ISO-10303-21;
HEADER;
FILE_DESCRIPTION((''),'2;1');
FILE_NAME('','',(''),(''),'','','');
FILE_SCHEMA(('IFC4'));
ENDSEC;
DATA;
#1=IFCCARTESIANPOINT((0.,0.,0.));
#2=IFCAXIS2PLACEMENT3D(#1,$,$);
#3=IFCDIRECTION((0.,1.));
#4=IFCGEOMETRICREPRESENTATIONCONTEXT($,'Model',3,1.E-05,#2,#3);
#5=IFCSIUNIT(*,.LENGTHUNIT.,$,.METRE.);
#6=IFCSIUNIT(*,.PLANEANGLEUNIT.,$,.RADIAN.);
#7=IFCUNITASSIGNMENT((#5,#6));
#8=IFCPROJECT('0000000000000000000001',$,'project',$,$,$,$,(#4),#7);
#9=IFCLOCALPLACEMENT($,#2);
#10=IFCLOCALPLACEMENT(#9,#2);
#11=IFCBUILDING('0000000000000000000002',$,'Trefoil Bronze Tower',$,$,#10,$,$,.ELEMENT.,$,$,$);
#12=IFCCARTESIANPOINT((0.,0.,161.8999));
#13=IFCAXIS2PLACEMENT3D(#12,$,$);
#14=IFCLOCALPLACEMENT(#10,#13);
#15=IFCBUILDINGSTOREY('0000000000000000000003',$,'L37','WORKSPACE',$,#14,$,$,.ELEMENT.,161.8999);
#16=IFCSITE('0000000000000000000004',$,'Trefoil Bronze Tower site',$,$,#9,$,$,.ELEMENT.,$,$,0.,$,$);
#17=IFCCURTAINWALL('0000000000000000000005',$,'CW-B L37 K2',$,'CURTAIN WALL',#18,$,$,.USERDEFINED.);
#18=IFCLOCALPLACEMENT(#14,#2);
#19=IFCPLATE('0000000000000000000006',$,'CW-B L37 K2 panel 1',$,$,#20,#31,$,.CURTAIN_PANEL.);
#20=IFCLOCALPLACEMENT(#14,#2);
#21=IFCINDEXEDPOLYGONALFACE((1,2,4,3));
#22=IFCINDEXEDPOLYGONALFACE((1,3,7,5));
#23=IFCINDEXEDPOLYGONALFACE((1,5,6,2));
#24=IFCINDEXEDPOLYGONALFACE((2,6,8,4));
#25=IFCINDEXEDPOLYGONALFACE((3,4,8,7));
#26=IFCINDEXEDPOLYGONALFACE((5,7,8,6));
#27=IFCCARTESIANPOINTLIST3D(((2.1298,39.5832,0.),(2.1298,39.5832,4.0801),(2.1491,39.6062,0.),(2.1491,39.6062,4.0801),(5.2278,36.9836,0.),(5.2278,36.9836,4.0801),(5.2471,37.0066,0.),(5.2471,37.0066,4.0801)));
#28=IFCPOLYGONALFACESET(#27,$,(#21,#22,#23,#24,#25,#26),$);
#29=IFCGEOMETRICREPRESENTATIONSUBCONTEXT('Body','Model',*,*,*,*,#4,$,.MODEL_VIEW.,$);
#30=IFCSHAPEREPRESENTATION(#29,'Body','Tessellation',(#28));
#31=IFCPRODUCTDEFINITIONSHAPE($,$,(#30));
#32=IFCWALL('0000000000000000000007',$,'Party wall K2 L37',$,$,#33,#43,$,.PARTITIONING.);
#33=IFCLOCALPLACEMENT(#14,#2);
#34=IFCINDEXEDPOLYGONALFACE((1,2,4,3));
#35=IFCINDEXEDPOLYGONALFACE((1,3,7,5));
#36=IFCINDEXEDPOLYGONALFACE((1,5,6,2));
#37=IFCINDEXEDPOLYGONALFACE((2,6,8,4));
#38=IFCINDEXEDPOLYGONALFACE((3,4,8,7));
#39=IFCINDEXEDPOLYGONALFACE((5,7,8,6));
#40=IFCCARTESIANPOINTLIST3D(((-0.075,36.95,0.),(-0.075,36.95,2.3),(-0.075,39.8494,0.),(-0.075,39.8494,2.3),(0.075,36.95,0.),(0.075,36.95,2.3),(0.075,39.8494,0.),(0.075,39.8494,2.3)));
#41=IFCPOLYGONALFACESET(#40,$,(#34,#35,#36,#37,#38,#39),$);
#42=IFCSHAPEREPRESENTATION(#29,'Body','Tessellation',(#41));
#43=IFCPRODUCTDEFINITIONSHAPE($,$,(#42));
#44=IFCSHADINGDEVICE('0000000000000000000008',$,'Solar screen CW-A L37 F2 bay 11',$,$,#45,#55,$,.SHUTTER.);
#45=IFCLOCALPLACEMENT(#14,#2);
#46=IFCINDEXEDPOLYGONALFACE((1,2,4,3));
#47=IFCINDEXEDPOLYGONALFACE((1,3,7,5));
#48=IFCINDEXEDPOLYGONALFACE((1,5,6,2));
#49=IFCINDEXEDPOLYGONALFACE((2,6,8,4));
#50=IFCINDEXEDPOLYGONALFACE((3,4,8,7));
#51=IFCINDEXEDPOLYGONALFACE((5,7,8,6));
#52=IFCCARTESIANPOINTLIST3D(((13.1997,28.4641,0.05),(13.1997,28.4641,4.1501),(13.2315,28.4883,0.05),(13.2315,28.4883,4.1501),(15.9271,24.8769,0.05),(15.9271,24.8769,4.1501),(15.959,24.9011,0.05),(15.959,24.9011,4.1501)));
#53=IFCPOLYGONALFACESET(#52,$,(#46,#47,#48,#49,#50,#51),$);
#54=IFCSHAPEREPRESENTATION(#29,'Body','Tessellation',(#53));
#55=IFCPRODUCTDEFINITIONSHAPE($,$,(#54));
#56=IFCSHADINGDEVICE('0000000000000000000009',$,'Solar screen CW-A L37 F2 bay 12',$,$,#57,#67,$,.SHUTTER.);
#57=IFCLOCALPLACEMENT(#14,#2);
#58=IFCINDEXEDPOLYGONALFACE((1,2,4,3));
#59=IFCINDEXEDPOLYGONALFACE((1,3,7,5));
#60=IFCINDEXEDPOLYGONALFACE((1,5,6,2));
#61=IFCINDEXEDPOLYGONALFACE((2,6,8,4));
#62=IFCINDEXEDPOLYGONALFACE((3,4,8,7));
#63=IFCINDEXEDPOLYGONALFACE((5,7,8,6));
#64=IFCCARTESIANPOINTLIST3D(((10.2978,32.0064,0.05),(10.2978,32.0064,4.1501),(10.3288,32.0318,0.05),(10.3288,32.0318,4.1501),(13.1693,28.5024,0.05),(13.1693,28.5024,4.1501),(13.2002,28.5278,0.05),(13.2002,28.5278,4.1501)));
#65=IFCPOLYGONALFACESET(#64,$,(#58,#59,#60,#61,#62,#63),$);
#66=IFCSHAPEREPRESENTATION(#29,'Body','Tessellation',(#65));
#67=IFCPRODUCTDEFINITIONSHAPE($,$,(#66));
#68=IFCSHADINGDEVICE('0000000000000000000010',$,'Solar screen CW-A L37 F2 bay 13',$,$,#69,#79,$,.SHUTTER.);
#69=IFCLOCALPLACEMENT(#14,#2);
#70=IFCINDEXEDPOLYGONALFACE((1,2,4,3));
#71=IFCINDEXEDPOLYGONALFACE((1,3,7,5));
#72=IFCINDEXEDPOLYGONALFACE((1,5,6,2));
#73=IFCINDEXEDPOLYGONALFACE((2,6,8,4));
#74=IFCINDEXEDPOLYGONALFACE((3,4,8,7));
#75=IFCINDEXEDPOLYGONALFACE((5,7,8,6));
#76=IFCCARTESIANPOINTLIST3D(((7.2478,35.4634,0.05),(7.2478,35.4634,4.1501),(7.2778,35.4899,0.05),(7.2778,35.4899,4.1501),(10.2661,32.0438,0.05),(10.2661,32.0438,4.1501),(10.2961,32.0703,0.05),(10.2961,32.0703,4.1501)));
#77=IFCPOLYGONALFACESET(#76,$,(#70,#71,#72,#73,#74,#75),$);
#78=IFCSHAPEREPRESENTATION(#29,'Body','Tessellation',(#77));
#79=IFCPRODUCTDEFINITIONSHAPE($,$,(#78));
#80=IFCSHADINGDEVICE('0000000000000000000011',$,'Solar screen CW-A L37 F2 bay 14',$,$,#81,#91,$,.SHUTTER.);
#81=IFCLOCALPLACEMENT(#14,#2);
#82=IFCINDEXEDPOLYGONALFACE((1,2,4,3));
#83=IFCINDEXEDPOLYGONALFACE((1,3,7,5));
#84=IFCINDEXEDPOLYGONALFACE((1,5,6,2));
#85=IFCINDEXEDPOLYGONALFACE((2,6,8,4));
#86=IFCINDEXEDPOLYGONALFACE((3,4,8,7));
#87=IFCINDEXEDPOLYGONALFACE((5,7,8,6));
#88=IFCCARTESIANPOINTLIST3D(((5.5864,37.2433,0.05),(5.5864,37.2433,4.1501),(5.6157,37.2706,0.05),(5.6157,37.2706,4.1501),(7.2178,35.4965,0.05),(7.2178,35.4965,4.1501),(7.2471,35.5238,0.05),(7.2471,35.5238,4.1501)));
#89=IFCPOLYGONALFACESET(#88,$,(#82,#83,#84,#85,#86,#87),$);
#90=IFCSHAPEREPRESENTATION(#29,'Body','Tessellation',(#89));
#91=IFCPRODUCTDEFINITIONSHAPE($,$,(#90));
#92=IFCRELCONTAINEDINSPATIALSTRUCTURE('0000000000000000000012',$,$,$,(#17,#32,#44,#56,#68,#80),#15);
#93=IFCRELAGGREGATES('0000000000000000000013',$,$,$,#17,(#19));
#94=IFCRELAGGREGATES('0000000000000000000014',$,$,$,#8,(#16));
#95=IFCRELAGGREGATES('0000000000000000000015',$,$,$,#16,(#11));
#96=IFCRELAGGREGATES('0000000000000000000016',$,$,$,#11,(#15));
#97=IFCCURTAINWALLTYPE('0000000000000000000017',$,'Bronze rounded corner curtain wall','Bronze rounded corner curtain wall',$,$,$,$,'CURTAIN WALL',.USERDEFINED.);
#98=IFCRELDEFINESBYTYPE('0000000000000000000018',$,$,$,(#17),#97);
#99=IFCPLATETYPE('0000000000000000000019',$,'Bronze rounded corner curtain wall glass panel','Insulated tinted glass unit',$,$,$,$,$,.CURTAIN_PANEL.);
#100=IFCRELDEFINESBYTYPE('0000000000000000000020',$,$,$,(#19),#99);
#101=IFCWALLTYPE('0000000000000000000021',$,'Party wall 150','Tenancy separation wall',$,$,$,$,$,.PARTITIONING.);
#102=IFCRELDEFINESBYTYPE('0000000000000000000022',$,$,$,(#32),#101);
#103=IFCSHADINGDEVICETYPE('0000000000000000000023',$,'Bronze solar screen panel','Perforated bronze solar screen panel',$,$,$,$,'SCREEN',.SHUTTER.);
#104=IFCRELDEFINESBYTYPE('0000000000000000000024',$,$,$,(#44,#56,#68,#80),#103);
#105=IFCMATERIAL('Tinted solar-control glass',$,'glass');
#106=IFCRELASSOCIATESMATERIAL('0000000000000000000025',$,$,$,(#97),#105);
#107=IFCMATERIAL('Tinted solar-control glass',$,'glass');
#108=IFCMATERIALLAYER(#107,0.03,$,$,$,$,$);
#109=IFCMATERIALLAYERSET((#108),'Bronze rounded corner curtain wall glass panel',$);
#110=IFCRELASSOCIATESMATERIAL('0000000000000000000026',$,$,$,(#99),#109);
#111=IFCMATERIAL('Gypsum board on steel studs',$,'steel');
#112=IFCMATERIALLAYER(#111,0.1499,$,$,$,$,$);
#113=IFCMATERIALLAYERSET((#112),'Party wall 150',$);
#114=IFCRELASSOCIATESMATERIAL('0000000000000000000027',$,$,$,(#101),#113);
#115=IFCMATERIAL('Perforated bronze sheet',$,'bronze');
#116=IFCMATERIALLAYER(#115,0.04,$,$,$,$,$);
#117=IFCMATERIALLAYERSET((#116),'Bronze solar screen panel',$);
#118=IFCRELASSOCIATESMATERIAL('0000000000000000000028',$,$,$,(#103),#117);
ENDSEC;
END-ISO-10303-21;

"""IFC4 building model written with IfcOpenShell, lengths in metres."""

from ifc_helpers import new_model, si_unit, direction, frame, frame_2d, origin, origin_2d, place, context, subcontext, project, spatial, rectangle, extrude, material, layer, layer_set, type_object, element, aggregate, save


model = new_model("IFC4")

# Units and contexts
model_context = context("Model", 3, precision=1e-05, world=origin(), true_north=direction((0.0, 1.0)))
body_context = subcontext(model_context, "Body", "Model", "MODEL_VIEW")
ifc_project = project(units=[si_unit("LENGTHUNIT", "METRE"), si_unit("PLANEANGLEUNIT", "RADIAN")], contexts=[model_context])

# Site, building, storey
site_placement = place(None, origin())
site = spatial("IfcSite", under=ifc_project, at=site_placement, Name="Trefoil Bronze Tower site", CompositionType="ELEMENT", RefElevation=0.0)
building_placement = place(site_placement, origin())
building = spatial("IfcBuilding", under=site, at=building_placement, Name="Trefoil Bronze Tower", CompositionType="ELEMENT")
storey_placement = place(building_placement, frame((0.0, 0.0, 161.8999)))
storey = spatial("IfcBuildingStorey", under=building, at=storey_placement, Name="L37", Description="WORKSPACE", CompositionType="ELEMENT", Elevation=161.8999)

# Curtain wall
ifc_material_1 = material(Name="Tinted solar-control glass", Category="glass")
curtain_wall_type_1 = type_object("IfcCurtainWallType", Name="Bronze rounded corner curtain wall", Description="Bronze rounded corner curtain wall", ElementType="CURTAIN WALL", PredefinedType="USERDEFINED", material=ifc_material_1)
curtain_wall_1_placement = place(storey_placement, origin())
curtain_wall_1 = element("IfcCurtainWall", 1, at=curtain_wall_1_placement, inside=storey, type_object=curtain_wall_type_1, Name="CW-B L37 K2", ObjectType="CURTAIN WALL", PredefinedType="USERDEFINED")

# Plate
ifc_material_2 = material(Name="Tinted solar-control glass", Category="glass")
ifc_layer_1 = layer(ifc_material_2, 0.03)
ifc_layer_set_1 = layer_set([ifc_layer_1], Name="Bronze rounded corner curtain wall glass panel")
plate_type_1 = type_object("IfcPlateType", Name="Bronze rounded corner curtain wall glass panel", Description="Insulated tinted glass unit", PredefinedType="CURTAIN_PANEL", material=ifc_layer_set_1)
plate_1_placement = place(storey_placement, frame((3.6885, 38.2949, 0.0), z_axis=(0.0, 0.0, 1.0), x_axis=(-0.766044, 0.642788, 0.0)))
plate_1 = element("IfcPlate", 2, at=plate_1_placement, type_object=plate_type_1, Name="CW-B L37 K2 panel 1", PredefinedType="CURTAIN_PANEL", context=body_context, shape_type="SweptSolid", body=[
    extrude(rectangle(XDim=4.0442, YDim=0.03, at=origin_2d()), origin(), (0.0, 0.0, 1.0), 4.0801),
])
aggregate(curtain_wall_1, [plate_1])

# Wall
ifc_material_3 = material(Name="Gypsum board on steel studs", Category="steel")
ifc_layer_2 = layer(ifc_material_3, 0.1499)
ifc_layer_set_2 = layer_set([ifc_layer_2], Name="Party wall 150")
wall_type = type_object("IfcWallType", Name="Party wall 150", Description="Tenancy separation wall", PredefinedType="PARTITIONING", material=ifc_layer_set_2)
wall_placement = place(storey_placement, frame((0.0, 36.95, 0.0), z_axis=(0.0, 0.0, 1.0), x_axis=(0.0, 1.0, 0.0)))
element("IfcWall", 3, at=wall_placement, inside=storey, type_object=wall_type, Name="Party wall K2 L37", PredefinedType="PARTITIONING", context=body_context, shape_type="SweptSolid", body=[
    extrude(rectangle(XDim=2.8994, YDim=0.1499, at=frame_2d((1.4497, 0.0))), origin(), (0.0, 0.0, 1.0), 2.3),
])

# Shading devices
ifc_material_4 = material(Name="Perforated bronze sheet", Category="bronze")
ifc_layer_3 = layer(ifc_material_4, 0.04)
ifc_layer_set_3 = layer_set([ifc_layer_3], Name="Bronze solar screen panel")
shading_device_type = type_object("IfcShadingDeviceType", Name="Bronze solar screen panel", Description="Perforated bronze solar screen panel", ElementType="SCREEN", PredefinedType="SHUTTER", material=ifc_layer_set_3)
shading_device_1_placement = place(storey_placement, frame((14.5793, 26.6826, 0.05), z_axis=(0.0, 0.0, 1.0), x_axis=(-0.605252, 0.796034, 0.0)))
element("IfcShadingDevice", 4, at=shading_device_1_placement, inside=storey, type_object=shading_device_type, Name="Solar screen CW-A L37 F2 bay 11", PredefinedType="SHUTTER", context=body_context, shape_type="SweptSolid", body=[
    extrude(rectangle(XDim=4.5063, YDim=0.04, at=origin_2d()), origin(), (0.0, 0.0, 1.0), 4.1001),
])
shading_device_2_placement = place(storey_placement, frame((11.749, 30.2671, 0.05), z_axis=(0.0, 0.0, 1.0), x_axis=(-0.63384, 0.773464, 0.0)))
element("IfcShadingDevice", 5, at=shading_device_2_placement, inside=storey, type_object=shading_device_type, Name="Solar screen CW-A L37 F2 bay 12", PredefinedType="SHUTTER", context=body_context, shape_type="SweptSolid", body=[
    extrude(rectangle(XDim=4.5303, YDim=0.04, at=origin_2d()), origin(), (0.0, 0.0, 1.0), 4.1001),
])
shading_device_3_placement = place(storey_placement, frame((8.772, 33.7668, 0.05), z_axis=(0.0, 0.0, 1.0), x_axis=(-0.661751, 0.749723, 0.0)))
element("IfcShadingDevice", 6, at=shading_device_3_placement, inside=storey, type_object=shading_device_type, Name="Solar screen CW-A L37 F2 bay 13", PredefinedType="SHUTTER", context=body_context, shape_type="SweptSolid", body=[
    extrude(rectangle(XDim=4.561, YDim=0.04, at=origin_2d()), origin(), (0.0, 0.0, 1.0), 4.1001),
])
shading_device_4_placement = place(storey_placement, frame((6.4167, 36.3835, 0.05), z_axis=(0.0, 0.0, 1.0), x_axis=(-0.682536, 0.730852, 0.0)))
element("IfcShadingDevice", 7, at=shading_device_4_placement, inside=storey, type_object=shading_device_type, Name="Solar screen CW-A L37 F2 bay 14", PredefinedType="SHUTTER", context=body_context, shape_type="SweptSolid", body=[
    extrude(rectangle(XDim=2.3901, YDim=0.04, at=origin_2d()), origin(), (0.0, 0.0, 1.0), 4.1001),
])

save(model, "model.ifc")
